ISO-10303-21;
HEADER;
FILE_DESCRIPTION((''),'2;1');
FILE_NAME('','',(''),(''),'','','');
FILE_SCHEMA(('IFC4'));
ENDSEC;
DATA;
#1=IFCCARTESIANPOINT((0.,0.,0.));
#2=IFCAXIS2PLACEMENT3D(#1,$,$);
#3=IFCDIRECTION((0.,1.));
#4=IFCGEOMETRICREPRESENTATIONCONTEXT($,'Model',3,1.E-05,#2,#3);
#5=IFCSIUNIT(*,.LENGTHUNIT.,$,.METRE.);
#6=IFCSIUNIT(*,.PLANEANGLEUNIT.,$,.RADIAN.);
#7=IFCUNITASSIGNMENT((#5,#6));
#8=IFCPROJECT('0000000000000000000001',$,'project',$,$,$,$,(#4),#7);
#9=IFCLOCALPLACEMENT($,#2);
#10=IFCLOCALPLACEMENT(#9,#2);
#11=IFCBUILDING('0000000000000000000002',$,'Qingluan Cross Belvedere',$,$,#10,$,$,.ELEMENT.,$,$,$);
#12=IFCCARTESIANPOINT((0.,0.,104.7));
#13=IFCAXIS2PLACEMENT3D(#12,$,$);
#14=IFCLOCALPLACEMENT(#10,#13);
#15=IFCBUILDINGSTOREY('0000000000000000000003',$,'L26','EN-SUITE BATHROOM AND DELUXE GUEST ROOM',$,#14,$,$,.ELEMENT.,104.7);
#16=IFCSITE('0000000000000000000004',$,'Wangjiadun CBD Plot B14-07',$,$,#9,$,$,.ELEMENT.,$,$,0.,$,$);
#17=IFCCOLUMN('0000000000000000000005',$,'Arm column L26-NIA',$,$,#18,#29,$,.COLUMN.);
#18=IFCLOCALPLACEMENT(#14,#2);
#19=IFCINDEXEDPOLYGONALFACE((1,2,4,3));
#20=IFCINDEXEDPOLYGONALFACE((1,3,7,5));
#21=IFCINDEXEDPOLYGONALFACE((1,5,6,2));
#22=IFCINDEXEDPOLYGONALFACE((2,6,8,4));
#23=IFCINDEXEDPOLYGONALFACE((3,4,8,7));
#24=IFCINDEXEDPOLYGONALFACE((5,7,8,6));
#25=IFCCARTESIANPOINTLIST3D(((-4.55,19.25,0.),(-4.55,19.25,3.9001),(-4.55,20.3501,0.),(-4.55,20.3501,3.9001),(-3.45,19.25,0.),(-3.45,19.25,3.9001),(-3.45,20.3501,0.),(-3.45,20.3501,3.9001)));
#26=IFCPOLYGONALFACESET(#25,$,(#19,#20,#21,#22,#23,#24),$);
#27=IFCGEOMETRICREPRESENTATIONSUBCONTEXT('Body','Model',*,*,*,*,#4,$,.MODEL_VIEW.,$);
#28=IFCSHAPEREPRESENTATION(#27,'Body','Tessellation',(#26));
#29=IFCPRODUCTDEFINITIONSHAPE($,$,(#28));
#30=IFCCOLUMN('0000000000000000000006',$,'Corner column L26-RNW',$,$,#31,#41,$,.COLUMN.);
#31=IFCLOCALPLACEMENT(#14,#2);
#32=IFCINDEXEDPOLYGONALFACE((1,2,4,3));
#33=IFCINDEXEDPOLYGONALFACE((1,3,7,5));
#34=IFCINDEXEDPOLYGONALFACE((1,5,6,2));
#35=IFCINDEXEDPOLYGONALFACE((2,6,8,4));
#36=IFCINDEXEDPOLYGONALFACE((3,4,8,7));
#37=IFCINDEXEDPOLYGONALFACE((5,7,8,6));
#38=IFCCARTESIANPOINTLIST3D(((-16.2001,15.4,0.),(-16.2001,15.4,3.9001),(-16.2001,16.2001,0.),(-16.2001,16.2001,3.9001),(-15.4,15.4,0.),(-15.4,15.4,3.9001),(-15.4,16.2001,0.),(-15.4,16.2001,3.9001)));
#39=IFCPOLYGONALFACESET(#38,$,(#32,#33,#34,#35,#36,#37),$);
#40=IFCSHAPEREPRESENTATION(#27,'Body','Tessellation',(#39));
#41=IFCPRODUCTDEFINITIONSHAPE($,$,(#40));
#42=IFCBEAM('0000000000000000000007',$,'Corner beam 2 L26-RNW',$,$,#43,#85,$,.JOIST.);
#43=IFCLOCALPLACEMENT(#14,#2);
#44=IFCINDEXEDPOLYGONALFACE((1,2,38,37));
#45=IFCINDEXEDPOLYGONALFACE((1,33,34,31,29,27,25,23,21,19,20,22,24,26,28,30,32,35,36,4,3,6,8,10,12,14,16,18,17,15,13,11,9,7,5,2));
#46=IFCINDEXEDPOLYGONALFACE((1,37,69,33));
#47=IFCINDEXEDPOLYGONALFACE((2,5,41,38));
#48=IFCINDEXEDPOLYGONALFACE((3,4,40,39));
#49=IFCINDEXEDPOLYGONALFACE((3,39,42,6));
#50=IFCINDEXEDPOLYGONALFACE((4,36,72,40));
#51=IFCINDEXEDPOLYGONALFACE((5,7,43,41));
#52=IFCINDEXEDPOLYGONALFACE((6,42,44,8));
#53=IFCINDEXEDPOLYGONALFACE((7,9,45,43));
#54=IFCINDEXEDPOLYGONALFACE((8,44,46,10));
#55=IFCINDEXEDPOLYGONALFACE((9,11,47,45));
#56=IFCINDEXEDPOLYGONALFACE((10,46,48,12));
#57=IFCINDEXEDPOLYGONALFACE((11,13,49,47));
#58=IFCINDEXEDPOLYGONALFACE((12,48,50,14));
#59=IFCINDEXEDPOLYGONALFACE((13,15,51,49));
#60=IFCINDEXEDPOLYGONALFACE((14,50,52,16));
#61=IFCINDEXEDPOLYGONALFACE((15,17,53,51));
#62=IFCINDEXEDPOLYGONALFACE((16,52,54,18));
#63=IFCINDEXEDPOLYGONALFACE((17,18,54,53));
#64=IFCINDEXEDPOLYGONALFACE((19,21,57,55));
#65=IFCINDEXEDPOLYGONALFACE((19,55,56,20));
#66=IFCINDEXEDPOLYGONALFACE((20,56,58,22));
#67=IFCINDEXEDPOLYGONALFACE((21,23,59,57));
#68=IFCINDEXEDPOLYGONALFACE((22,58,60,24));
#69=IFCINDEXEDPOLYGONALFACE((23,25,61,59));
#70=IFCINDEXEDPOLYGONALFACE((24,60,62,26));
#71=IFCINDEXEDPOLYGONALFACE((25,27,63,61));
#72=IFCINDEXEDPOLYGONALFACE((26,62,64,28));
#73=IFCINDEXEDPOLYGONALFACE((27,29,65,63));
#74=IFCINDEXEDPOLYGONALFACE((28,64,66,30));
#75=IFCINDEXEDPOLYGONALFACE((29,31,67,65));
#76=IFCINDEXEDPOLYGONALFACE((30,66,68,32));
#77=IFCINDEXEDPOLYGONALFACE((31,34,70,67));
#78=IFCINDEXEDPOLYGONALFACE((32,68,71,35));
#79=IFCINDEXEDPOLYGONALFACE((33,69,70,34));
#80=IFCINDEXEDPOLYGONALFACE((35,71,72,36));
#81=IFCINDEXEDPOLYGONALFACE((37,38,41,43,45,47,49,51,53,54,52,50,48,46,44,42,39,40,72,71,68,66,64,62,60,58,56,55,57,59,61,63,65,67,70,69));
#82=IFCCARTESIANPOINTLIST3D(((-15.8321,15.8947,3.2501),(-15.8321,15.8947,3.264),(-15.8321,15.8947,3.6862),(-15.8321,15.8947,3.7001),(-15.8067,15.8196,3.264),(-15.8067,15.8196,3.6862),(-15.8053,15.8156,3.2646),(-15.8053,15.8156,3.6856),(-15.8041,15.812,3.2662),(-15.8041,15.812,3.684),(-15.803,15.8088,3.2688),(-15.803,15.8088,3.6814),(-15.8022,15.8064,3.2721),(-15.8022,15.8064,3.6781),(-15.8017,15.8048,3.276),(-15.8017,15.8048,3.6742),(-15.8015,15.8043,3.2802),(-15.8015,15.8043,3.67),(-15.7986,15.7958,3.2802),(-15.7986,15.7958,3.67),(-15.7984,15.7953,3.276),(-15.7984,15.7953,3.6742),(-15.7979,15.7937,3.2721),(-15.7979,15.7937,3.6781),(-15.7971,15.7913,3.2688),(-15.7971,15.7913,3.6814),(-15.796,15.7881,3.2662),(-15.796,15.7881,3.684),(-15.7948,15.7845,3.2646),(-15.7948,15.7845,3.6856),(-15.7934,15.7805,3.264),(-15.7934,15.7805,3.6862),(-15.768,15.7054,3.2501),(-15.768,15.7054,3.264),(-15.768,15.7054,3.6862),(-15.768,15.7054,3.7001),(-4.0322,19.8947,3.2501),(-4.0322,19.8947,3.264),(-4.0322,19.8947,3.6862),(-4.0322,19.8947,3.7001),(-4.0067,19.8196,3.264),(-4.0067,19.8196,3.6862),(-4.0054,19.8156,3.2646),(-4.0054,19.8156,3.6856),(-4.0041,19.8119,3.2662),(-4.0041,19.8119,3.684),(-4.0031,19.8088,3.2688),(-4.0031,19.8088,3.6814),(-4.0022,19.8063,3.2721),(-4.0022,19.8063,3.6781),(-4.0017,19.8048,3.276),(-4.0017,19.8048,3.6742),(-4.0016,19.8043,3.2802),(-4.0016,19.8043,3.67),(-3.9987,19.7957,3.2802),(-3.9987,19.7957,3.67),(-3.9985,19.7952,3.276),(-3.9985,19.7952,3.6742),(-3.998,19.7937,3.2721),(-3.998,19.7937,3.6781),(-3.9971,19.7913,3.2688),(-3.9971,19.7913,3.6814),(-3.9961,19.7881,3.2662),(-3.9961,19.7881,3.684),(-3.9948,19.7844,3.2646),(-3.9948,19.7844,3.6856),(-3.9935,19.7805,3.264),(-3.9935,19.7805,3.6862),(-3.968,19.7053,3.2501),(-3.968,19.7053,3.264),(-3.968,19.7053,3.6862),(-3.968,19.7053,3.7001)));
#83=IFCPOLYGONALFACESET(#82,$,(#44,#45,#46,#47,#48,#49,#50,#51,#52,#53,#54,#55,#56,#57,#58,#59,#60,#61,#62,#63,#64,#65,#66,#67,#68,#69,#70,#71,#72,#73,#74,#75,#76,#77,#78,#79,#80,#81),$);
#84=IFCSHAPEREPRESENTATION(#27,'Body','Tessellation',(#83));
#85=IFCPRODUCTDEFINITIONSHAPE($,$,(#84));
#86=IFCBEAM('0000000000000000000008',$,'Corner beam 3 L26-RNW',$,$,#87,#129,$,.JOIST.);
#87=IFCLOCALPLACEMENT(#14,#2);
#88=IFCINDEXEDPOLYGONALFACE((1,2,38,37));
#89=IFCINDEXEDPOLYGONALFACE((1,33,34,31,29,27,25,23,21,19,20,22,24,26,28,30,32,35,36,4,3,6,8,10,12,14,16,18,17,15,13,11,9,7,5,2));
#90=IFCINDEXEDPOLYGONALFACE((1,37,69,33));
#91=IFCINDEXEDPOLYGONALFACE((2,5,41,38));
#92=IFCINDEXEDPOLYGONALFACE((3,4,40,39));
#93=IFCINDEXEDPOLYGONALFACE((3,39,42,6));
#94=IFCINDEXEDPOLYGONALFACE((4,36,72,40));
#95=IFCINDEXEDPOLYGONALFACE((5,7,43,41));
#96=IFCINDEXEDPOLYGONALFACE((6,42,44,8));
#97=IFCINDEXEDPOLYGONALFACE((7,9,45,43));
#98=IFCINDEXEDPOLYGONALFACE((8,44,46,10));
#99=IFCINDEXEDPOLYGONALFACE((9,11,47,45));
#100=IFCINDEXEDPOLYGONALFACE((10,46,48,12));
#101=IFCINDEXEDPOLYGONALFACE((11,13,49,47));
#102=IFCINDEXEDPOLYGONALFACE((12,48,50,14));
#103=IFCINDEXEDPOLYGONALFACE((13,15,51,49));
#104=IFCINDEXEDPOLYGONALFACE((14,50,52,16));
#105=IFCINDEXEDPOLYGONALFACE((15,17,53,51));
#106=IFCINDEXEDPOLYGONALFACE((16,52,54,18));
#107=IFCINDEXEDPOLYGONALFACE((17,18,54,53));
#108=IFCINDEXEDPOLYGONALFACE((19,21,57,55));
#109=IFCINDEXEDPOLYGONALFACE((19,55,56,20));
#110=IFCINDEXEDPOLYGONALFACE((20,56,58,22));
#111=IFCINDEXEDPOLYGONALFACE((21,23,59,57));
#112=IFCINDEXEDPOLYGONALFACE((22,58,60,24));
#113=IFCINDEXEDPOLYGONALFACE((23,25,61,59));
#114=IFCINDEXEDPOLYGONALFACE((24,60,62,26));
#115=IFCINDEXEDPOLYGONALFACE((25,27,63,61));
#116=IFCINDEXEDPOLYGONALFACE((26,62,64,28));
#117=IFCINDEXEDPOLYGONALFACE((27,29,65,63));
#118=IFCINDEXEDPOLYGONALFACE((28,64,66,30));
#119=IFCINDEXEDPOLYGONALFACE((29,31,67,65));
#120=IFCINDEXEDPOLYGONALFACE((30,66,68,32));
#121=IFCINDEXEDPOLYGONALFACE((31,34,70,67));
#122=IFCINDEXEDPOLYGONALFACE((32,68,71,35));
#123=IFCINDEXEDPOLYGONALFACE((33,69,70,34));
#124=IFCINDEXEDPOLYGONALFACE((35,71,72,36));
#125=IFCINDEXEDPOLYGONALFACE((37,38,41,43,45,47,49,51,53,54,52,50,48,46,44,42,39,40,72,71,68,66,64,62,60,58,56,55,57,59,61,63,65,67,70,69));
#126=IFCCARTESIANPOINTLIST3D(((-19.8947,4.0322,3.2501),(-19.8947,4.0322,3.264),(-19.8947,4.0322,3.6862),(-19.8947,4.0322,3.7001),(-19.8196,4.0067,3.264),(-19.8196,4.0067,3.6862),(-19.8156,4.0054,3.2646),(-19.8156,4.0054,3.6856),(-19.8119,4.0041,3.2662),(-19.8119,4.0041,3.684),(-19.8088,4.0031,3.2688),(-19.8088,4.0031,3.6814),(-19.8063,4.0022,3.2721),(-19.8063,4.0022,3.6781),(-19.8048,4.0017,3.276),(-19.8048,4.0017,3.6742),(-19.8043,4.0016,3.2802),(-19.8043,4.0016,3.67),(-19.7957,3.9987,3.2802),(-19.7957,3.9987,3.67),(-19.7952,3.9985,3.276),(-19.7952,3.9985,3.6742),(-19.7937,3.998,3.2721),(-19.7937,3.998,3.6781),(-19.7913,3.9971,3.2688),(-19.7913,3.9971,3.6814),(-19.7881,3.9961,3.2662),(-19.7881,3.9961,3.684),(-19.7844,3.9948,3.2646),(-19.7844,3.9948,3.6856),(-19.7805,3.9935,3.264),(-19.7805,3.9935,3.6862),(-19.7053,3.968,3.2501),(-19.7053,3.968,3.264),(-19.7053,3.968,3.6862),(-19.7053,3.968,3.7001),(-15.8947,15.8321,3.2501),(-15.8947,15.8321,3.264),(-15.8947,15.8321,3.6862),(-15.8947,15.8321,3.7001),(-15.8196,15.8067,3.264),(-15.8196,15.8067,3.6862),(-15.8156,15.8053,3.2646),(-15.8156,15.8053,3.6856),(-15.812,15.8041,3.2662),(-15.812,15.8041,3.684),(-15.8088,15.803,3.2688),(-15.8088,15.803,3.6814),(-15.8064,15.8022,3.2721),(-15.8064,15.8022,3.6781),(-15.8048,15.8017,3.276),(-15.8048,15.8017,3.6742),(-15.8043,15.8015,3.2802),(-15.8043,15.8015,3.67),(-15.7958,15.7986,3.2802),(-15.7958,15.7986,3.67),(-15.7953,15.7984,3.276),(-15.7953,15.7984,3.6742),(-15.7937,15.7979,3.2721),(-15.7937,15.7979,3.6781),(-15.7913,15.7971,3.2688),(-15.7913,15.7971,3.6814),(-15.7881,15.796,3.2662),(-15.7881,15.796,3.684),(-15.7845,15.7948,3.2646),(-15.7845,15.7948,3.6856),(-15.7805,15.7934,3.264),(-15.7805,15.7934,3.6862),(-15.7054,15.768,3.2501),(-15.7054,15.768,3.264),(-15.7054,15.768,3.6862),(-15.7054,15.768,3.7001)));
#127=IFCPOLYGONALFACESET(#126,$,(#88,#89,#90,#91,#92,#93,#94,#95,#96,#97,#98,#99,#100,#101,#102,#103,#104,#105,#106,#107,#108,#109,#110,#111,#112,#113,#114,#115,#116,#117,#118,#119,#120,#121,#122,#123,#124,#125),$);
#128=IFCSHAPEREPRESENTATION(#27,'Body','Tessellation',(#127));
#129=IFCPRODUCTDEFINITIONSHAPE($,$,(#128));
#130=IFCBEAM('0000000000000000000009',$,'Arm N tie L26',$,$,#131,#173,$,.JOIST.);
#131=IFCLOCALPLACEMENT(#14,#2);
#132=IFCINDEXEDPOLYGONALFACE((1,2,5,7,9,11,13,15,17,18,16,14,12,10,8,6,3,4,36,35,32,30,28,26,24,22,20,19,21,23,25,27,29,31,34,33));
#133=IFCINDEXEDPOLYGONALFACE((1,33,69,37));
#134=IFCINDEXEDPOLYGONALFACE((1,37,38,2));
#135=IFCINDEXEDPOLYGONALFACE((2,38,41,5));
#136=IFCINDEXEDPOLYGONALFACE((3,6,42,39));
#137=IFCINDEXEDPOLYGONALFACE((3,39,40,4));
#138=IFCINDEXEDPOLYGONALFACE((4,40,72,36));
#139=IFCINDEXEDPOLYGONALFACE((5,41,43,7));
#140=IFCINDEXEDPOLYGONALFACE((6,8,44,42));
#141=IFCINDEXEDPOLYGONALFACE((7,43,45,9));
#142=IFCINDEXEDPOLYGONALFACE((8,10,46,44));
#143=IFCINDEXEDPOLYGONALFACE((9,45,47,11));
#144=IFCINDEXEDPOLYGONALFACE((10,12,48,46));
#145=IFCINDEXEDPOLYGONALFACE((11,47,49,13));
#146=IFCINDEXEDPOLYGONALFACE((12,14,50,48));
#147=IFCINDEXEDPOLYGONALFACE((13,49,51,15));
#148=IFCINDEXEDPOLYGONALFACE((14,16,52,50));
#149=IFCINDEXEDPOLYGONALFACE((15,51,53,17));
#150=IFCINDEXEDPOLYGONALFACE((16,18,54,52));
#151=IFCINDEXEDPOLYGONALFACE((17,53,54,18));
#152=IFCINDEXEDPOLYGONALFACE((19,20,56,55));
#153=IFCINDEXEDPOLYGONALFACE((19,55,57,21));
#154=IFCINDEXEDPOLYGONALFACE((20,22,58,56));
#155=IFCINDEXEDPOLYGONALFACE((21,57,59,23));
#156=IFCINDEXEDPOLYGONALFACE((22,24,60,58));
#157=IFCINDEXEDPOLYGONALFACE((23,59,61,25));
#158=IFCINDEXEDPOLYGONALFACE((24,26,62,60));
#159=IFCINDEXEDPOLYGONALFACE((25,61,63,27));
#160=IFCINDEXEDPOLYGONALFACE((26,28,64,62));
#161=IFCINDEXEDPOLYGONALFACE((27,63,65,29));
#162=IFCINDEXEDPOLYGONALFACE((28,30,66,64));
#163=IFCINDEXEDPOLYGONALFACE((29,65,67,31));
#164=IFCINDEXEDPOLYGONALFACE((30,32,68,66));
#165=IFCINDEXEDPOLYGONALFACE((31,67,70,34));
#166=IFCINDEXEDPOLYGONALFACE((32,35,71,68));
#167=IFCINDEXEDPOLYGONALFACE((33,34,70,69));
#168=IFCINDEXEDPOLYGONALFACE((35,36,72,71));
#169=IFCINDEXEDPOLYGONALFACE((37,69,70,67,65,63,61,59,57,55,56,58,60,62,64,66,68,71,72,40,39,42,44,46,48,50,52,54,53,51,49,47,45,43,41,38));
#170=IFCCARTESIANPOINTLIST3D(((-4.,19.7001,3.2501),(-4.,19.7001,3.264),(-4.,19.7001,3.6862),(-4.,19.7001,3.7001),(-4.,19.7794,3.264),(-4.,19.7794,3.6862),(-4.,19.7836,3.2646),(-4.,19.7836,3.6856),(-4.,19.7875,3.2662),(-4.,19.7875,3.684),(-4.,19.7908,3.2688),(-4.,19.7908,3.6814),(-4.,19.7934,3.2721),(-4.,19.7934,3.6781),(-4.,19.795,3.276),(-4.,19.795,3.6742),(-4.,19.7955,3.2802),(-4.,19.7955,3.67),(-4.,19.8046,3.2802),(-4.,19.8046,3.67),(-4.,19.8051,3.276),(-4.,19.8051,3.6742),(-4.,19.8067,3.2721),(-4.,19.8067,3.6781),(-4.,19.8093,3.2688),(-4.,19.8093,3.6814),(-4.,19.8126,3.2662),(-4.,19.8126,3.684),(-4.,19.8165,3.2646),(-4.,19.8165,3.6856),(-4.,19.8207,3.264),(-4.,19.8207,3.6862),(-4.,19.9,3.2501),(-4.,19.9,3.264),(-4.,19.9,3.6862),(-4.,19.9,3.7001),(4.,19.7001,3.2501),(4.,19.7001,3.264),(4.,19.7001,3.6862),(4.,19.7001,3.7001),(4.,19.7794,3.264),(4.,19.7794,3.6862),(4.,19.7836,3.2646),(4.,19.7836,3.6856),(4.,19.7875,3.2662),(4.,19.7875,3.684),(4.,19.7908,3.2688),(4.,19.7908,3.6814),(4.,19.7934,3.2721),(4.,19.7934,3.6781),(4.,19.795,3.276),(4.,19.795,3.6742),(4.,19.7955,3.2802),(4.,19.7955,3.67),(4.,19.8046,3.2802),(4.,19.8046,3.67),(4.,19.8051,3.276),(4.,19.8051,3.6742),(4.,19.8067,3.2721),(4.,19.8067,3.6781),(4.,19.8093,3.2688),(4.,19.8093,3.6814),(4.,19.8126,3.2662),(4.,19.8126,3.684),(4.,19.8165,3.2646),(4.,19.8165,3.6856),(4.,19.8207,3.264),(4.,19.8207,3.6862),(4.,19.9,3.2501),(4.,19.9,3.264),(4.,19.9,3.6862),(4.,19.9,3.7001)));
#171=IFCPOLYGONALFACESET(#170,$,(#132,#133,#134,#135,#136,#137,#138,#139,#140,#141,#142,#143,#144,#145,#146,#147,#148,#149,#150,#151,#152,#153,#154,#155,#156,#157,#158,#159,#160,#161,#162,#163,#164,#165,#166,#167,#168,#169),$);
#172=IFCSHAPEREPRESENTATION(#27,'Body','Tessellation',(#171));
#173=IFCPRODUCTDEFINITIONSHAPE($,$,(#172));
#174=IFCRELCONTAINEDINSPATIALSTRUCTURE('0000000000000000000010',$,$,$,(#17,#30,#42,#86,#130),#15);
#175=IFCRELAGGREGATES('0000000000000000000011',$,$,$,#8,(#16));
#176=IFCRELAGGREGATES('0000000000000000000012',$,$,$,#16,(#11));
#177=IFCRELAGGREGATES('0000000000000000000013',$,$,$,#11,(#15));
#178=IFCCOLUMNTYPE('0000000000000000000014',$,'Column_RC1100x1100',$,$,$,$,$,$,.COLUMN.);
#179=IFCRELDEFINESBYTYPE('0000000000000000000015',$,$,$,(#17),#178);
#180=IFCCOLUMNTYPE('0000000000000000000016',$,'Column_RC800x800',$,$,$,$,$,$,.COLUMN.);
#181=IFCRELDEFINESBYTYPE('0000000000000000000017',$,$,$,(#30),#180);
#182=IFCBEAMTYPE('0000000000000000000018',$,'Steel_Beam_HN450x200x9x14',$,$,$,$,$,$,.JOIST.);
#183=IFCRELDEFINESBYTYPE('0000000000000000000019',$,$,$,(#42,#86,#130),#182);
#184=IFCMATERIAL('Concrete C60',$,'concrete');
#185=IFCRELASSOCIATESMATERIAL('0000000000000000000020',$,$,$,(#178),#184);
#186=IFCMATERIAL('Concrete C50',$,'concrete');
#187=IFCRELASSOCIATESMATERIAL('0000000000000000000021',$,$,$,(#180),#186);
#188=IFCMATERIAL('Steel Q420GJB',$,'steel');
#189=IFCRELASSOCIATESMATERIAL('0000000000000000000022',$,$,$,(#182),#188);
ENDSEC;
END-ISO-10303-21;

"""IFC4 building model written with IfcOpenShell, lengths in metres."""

from ifc_helpers import new_model, si_unit, direction, frame, origin, origin_2d, place, context, subcontext, project, spatial, rectangle, i_section, extrude, material, material_profile, profile_set, type_object, element, save


model = new_model("IFC4")

# Units and contexts
model_context = context("Model", 3, precision=1e-05, world=origin(), true_north=direction((0.0, 1.0)))
body_context = subcontext(model_context, "Body", "Model", "MODEL_VIEW")
ifc_project = project(units=[si_unit("LENGTHUNIT", "METRE"), si_unit("PLANEANGLEUNIT", "RADIAN")], contexts=[model_context])

# Site, building, storey
site_placement = place(None, origin())
site = spatial("IfcSite", under=ifc_project, at=site_placement, Name="Wangjiadun CBD Plot B14-07", CompositionType="ELEMENT", RefElevation=0.0)
building_placement = place(site_placement, origin())
building = spatial("IfcBuilding", under=site, at=building_placement, Name="Qingluan Cross Belvedere", CompositionType="ELEMENT")
storey_placement = place(building_placement, frame((0.0, 0.0, 104.7)))
storey = spatial("IfcBuildingStorey", under=building, at=storey_placement, Name="L26", Description="EN-SUITE BATHROOM AND DELUXE GUEST ROOM", CompositionType="ELEMENT", Elevation=104.7)

# Columns
ifc_material_1 = material(Name="Concrete C60", Category="concrete")
ifc_material_profile_1 = material_profile(ifc_material_1, rectangle(XDim=1.1001, YDim=1.1001, at=origin_2d()), Name="RC1100x1100")
ifc_profile_set_1 = profile_set([ifc_material_profile_1], Name="Concrete C60")
column_type_1 = type_object("IfcColumnType", Name="Column_RC1100x1100", PredefinedType="COLUMN", material=ifc_profile_set_1)
column_1_placement = place(storey_placement, frame((-4.0, 19.8, 0.0), z_axis=(0.0, 0.0, 1.0), x_axis=(1.0, 0.0, 0.0)))
element("IfcColumn", 1, at=column_1_placement, inside=storey, type_object=column_type_1, Name="Arm column L26-NIA", PredefinedType="COLUMN", context=body_context, shape_type="SweptSolid", body=[
    extrude(rectangle(XDim=1.1001, YDim=1.1001, at=origin_2d()), origin(), (0.0, 0.0, 1.0), 3.9001),
])
ifc_material_2 = material(Name="Concrete C50", Category="concrete")
ifc_material_profile_2 = material_profile(ifc_material_2, rectangle(XDim=0.8, YDim=0.8, at=origin_2d()), Name="RC800x800")
ifc_profile_set_2 = profile_set([ifc_material_profile_2], Name="Concrete C50")
column_type_2 = type_object("IfcColumnType", Name="Column_RC800x800", PredefinedType="COLUMN", material=ifc_profile_set_2)
column_2_placement = place(storey_placement, frame((-15.8, 15.8, 0.0), z_axis=(0.0, 0.0, 1.0), x_axis=(1.0, 0.0, 0.0)))
element("IfcColumn", 2, at=column_2_placement, inside=storey, type_object=column_type_2, Name="Corner column L26-RNW", PredefinedType="COLUMN", context=body_context, shape_type="SweptSolid", body=[
    extrude(rectangle(XDim=0.8, YDim=0.8, at=origin_2d()), origin(), (0.0, 0.0, 1.0), 3.9001),
])

# Beams
ifc_material_3 = material(Name="Steel Q420GJB", Category="steel")
ifc_material_profile_3 = material_profile(ifc_material_3, i_section(OverallWidth=0.2, OverallDepth=0.45, WebThickness=0.009, FlangeThickness=0.0139, FilletRadius=0.0161, at=origin_2d()), Name="HN450x200x9x14")
ifc_profile_set_3 = profile_set([ifc_material_profile_3], Name="Steel Q420GJB")
beam_type_1 = type_object("IfcBeamType", Name="Steel_Beam_HN450x200x9x14", PredefinedType="JOIST", material=ifc_profile_set_3)
for number, where, z_axis, x_axis, name in (
    (3, (-15.8, 15.8, 3.4751), (0.947066, 0.321038, 0.0), (-0.321038, 0.947066, 0.0), "Corner beam 2 L26-RNW"),
    (4, (-15.8, 15.8, 3.4751), (-0.321038, -0.947066, 0.0), (0.947066, -0.321038, 0.0), "Corner beam 3 L26-RNW"),
):
    element("IfcBeam", number, at=place(storey_placement, frame(where, z_axis=z_axis, x_axis=x_axis)), inside=storey, type_object=beam_type_1, Name=name, PredefinedType="JOIST", context=body_context, shape_type="SweptSolid", body=[
        extrude(i_section(OverallWidth=0.2, OverallDepth=0.45, WebThickness=0.009, FlangeThickness=0.0139, FilletRadius=0.0161, at=origin_2d()), origin(), (0.0, 0.0, 1.0), 12.4595),
    ])
for number, where, z_axis, x_axis, name in (
    (5, (-4.0, 19.8, 3.4751), (1.0, 0.0, 0.0), (0.0, 1.0, 0.0), "Arm N tie L26"),
):
    element("IfcBeam", number, at=place(storey_placement, frame(where, z_axis=z_axis, x_axis=x_axis)), inside=storey, type_object=beam_type_1, Name=name, PredefinedType="JOIST", context=body_context, shape_type="SweptSolid", body=[
        extrude(i_section(OverallWidth=0.2, OverallDepth=0.45, WebThickness=0.009, FlangeThickness=0.0139, FilletRadius=0.0161, at=origin_2d()), origin(), (0.0, 0.0, 1.0), 8.0),
    ])

save(model, "model.ifc")
